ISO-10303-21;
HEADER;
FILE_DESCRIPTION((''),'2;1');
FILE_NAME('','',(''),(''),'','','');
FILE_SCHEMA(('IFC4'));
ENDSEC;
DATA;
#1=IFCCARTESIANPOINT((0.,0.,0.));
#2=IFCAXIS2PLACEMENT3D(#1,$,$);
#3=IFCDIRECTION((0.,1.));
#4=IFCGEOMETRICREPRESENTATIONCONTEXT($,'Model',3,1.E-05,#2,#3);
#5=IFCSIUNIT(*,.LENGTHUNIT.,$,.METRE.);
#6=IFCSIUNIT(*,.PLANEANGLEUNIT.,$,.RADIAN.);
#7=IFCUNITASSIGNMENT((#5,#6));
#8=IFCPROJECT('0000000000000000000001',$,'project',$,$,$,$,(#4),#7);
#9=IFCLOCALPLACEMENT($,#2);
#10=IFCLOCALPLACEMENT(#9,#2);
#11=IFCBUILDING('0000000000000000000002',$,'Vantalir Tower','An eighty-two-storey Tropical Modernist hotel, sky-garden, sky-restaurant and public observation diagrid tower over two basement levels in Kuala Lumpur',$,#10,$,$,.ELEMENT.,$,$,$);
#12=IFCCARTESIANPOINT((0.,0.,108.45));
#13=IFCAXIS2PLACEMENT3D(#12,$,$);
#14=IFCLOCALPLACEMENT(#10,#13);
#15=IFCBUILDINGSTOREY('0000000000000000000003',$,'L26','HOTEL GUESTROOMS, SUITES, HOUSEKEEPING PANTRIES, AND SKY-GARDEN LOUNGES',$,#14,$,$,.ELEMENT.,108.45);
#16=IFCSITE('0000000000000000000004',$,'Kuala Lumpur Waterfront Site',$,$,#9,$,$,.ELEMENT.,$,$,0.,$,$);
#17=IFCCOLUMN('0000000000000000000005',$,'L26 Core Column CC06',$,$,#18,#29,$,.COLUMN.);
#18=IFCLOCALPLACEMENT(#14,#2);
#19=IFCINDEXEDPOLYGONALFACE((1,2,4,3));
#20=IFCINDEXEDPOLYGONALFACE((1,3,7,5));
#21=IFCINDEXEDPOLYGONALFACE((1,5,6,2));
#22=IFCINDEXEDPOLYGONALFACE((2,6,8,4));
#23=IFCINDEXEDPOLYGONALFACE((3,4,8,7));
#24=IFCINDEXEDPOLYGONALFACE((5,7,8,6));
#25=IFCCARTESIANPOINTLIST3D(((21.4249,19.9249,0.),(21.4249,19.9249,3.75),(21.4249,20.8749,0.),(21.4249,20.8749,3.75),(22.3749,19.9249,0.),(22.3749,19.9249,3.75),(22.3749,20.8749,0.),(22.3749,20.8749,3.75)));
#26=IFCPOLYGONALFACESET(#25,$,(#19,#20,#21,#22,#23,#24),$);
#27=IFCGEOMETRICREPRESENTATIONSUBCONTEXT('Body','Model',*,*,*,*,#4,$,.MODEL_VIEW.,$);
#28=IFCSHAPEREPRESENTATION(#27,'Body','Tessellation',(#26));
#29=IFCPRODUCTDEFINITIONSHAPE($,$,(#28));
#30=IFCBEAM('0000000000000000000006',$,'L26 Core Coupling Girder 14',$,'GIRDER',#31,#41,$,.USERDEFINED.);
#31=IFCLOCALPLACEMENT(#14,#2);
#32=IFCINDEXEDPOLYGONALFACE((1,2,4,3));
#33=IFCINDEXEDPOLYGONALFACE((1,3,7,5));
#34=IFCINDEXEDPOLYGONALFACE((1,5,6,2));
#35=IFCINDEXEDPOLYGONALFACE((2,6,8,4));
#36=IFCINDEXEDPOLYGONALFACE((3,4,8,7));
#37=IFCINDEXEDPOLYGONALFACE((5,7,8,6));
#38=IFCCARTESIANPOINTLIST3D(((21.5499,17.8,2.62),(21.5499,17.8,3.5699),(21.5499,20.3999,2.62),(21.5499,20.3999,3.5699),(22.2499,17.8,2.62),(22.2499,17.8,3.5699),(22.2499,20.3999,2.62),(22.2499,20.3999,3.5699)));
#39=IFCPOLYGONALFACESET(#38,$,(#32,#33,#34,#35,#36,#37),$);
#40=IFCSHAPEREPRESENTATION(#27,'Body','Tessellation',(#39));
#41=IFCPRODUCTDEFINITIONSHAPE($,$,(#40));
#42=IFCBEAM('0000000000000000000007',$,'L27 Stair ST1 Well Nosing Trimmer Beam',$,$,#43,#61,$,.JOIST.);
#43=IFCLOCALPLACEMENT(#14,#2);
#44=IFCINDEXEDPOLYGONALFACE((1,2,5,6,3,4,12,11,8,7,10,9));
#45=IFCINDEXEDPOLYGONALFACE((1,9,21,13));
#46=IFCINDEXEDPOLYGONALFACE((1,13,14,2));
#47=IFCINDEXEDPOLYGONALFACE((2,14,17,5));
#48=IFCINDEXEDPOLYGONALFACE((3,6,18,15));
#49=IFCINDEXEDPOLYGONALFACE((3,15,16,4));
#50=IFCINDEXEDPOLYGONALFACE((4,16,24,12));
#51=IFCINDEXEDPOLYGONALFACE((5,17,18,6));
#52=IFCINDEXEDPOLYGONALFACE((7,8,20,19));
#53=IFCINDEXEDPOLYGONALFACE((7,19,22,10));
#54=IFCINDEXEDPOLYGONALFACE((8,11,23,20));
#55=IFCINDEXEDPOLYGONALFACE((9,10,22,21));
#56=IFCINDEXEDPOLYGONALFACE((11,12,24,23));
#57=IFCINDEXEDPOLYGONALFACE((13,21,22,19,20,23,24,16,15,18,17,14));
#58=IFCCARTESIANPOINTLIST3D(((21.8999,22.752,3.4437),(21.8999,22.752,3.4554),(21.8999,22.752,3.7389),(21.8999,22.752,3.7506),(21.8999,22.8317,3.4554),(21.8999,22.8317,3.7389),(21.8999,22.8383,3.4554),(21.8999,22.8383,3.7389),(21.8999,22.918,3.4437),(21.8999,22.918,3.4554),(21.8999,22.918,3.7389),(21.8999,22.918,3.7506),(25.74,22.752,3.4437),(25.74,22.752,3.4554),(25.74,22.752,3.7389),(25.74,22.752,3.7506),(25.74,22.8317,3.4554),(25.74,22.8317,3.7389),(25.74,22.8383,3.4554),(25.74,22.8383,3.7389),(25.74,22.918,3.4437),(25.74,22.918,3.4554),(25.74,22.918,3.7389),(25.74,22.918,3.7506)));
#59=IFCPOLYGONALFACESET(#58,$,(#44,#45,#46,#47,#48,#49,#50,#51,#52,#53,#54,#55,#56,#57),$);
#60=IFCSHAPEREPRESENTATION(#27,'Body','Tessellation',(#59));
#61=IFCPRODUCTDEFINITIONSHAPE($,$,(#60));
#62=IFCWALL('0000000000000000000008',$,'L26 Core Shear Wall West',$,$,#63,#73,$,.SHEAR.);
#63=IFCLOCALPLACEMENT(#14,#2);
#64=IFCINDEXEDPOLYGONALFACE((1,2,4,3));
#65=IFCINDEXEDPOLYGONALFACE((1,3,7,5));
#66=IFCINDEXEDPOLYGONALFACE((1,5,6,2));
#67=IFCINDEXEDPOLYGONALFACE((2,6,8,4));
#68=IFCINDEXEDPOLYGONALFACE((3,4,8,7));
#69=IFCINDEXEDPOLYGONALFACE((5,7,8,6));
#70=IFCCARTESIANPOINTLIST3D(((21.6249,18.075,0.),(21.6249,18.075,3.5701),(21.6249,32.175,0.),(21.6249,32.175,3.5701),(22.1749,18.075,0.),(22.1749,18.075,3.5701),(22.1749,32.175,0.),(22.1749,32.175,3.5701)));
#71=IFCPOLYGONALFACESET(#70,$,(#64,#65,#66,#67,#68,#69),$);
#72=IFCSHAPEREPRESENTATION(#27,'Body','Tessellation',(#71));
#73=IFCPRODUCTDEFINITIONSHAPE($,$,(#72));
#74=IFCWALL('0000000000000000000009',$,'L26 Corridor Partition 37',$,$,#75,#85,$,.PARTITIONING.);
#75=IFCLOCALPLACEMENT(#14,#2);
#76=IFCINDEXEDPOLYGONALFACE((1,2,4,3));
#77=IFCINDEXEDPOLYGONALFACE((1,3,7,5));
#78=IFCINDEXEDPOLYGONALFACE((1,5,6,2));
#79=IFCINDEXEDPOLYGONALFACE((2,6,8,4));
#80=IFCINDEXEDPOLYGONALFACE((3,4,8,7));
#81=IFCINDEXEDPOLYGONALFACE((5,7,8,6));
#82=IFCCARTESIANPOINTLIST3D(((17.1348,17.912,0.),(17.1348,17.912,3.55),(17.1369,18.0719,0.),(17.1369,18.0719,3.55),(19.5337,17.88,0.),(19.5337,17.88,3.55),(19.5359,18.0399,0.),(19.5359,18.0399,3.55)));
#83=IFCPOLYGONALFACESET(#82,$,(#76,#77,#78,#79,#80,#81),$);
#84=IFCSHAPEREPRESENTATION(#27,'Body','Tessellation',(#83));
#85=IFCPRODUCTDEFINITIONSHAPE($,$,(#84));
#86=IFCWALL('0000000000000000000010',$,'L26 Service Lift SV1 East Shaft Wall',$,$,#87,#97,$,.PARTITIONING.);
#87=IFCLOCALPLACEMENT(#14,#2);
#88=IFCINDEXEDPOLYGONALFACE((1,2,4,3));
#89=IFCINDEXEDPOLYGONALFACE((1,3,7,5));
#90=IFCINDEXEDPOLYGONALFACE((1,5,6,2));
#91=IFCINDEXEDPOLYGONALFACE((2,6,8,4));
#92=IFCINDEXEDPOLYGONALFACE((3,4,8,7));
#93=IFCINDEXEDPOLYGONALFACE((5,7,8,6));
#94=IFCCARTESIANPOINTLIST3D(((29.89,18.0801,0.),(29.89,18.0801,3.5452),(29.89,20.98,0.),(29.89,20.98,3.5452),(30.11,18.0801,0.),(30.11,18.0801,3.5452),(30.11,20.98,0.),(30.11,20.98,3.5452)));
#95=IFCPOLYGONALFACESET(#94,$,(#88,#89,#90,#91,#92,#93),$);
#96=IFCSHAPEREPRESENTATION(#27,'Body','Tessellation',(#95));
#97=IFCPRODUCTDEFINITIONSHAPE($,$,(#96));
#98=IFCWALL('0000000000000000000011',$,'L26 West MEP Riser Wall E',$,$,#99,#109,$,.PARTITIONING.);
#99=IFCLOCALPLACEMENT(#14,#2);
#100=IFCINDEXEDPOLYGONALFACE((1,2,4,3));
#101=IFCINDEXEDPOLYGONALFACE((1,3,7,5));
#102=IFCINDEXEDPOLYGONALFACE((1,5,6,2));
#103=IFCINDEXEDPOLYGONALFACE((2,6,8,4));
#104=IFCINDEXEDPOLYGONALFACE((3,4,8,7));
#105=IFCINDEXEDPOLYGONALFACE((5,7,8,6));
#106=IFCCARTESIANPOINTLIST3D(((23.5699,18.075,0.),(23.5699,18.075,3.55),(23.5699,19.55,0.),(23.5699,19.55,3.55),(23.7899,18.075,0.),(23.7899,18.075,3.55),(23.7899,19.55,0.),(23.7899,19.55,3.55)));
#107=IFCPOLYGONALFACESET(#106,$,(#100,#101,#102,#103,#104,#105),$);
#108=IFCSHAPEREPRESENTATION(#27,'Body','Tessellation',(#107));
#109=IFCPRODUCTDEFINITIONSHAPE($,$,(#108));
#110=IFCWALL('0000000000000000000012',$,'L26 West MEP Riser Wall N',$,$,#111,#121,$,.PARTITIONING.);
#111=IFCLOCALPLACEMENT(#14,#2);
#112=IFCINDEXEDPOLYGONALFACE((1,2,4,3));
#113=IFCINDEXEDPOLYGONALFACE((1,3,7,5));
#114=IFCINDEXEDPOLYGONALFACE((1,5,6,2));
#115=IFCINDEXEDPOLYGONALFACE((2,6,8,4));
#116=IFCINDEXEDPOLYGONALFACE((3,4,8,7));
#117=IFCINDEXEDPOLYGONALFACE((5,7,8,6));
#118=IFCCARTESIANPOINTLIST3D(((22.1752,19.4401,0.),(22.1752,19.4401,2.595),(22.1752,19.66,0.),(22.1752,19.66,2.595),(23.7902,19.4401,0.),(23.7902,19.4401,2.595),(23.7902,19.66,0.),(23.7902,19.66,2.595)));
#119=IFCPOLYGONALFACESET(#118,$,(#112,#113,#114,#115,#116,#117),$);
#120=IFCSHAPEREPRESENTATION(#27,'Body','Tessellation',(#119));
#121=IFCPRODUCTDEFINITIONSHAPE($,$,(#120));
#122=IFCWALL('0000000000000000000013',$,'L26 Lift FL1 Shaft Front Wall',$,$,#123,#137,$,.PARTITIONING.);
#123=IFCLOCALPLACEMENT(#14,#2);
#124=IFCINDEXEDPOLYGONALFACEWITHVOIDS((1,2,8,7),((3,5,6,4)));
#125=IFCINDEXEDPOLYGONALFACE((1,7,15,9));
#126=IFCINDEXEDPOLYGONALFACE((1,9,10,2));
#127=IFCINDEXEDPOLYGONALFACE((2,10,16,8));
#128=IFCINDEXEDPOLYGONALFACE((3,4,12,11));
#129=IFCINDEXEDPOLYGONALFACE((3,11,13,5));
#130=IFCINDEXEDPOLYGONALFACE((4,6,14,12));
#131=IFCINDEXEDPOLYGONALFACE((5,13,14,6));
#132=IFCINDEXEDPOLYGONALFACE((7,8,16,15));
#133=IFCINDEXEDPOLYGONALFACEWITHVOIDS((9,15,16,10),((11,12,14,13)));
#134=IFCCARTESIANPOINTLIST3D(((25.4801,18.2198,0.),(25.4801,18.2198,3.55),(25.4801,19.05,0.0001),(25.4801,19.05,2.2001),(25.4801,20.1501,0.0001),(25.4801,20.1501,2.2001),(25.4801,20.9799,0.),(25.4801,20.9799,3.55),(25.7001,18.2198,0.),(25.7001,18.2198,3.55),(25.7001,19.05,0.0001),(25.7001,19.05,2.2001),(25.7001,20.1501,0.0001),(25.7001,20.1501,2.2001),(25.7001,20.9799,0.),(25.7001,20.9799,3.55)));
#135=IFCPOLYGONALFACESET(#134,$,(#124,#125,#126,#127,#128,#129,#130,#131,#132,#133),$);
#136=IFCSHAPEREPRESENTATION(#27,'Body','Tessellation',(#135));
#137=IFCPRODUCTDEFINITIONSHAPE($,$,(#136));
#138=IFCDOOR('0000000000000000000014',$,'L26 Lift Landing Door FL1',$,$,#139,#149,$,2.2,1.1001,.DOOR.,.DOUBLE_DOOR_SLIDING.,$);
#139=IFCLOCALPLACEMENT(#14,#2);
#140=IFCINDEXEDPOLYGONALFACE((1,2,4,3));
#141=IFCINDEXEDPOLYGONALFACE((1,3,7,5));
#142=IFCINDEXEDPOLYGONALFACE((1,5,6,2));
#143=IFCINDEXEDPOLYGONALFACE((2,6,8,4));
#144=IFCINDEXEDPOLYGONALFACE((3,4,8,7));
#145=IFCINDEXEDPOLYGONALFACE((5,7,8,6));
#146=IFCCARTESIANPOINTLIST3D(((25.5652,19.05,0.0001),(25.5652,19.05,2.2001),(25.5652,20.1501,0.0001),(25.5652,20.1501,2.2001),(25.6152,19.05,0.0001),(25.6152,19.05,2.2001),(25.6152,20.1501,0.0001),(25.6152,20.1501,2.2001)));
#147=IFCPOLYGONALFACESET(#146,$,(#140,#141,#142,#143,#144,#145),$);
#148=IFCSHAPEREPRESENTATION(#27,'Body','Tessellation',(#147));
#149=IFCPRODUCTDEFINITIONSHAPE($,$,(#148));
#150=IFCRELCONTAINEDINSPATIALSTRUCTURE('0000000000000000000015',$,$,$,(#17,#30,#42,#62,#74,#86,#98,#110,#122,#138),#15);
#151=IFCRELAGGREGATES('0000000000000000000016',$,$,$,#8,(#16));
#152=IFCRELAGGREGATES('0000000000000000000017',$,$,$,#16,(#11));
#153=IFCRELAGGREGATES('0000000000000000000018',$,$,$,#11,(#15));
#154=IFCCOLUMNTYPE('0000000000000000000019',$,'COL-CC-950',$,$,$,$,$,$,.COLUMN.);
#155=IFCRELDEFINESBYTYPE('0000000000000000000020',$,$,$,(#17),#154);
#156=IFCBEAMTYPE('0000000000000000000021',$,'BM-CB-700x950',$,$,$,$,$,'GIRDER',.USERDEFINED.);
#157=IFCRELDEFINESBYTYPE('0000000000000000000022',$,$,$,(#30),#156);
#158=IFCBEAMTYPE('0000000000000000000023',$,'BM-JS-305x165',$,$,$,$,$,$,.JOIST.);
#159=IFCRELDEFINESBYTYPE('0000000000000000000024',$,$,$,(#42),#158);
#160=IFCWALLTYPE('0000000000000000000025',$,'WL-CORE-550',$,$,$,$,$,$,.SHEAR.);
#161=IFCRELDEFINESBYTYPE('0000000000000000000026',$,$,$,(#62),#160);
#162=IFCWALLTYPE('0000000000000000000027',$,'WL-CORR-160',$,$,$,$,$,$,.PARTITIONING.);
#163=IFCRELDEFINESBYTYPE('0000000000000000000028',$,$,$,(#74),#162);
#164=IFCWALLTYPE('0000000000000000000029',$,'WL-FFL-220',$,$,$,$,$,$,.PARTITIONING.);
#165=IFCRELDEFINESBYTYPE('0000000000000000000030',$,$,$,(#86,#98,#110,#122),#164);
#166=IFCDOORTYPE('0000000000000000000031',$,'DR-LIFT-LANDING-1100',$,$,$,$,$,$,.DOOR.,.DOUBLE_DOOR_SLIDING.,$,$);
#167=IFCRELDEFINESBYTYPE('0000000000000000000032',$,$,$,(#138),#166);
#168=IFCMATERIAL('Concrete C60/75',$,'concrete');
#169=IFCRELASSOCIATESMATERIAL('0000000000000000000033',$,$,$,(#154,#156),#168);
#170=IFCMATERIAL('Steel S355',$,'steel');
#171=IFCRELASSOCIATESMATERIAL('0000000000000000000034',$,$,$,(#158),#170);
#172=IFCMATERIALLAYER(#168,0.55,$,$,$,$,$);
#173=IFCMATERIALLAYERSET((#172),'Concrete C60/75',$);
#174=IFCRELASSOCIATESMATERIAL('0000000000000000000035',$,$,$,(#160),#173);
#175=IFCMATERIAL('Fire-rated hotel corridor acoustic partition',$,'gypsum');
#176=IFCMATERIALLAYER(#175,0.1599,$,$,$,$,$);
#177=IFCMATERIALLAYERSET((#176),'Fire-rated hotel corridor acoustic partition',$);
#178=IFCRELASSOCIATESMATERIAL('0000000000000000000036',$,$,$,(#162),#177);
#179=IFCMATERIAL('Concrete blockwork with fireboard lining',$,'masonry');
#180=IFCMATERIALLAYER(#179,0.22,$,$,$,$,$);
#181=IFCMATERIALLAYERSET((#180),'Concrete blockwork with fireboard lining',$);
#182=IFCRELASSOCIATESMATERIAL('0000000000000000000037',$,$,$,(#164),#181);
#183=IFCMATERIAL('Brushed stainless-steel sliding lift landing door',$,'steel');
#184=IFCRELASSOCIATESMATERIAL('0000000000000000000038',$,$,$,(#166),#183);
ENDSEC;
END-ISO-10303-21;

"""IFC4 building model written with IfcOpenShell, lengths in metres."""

from ifc_helpers import new_model, si_unit, direction, frame, frame_2d, origin, origin_2d, place, context, subcontext, project, spatial, rectangle, i_section, extrude, material, layer, layer_set, material_profile, profile_set, type_object, element, fill, save


model = new_model("IFC4")

# Units and contexts
model_context = context("Model", 3, precision=1e-05, world=origin(), true_north=direction((0.0, 1.0)))
body_context = subcontext(model_context, "Body", "Model", "MODEL_VIEW")
ifc_project = project(units=[si_unit("LENGTHUNIT", "METRE"), si_unit("PLANEANGLEUNIT", "RADIAN")], contexts=[model_context])

# Site, building, storey
site_placement = place(None, origin())
site = spatial("IfcSite", under=ifc_project, at=site_placement, Name="Kuala Lumpur Waterfront Site", CompositionType="ELEMENT", RefElevation=0.0)
building_placement = place(site_placement, origin())
building = spatial("IfcBuilding", under=site, at=building_placement, Name="Vantalir Tower", Description="An eighty-two-storey Tropical Modernist hotel, sky-garden, sky-restaurant and public observation diagrid tower over two basement levels in Kuala Lumpur", CompositionType="ELEMENT")
storey_placement = place(building_placement, frame((0.0, 0.0, 108.45)))
storey = spatial("IfcBuildingStorey", under=building, at=storey_placement, Name="L26", Description="HOTEL GUESTROOMS, SUITES, HOUSEKEEPING PANTRIES, AND SKY-GARDEN LOUNGES", CompositionType="ELEMENT", Elevation=108.45)

# Column
ifc_material_1 = material(Name="Concrete C60/75", Category="concrete")
ifc_material_profile_1 = material_profile(ifc_material_1, rectangle(XDim=0.95, YDim=0.95, at=origin_2d()), Name="Concrete C60/75")
ifc_profile_set_1 = profile_set([ifc_material_profile_1], Name="Concrete C60/75")
column_type = type_object("IfcColumnType", Name="COL-CC-950", PredefinedType="COLUMN", material=ifc_profile_set_1)
column_placement = place(storey_placement, frame((21.8999, 20.3999, 0.0), z_axis=(0.0, 0.0, 1.0), x_axis=(1.0, 0.0, 0.0)))
element("IfcColumn", 1, at=column_placement, inside=storey, type_object=column_type, Name="L26 Core Column CC06", PredefinedType="COLUMN", context=body_context, shape_type="SweptSolid", body=[
    extrude(rectangle(XDim=0.95, YDim=0.95, at=origin_2d()), origin(), (0.0, 0.0, 1.0), 3.75),
])

# Beams
ifc_material_profile_2 = material_profile(ifc_material_1, rectangle(XDim=0.7, YDim=0.95, at=origin_2d()), Name="Concrete C60/75")
ifc_profile_set_2 = profile_set([ifc_material_profile_2], Name="Concrete C60/75")
beam_type_1 = type_object("IfcBeamType", Name="BM-CB-700x950", ElementType="GIRDER", PredefinedType="USERDEFINED", material=ifc_profile_set_2)
beam_1_placement = place(storey_placement, frame((21.8999, 20.3999, 3.095), z_axis=(0.0, -1.0, 0.0), x_axis=(1.0, 0.0, 0.0)))
element("IfcBeam", 2, at=beam_1_placement, inside=storey, type_object=beam_type_1, Name="L26 Core Coupling Girder 14", ObjectType="GIRDER", PredefinedType="USERDEFINED", context=body_context, shape_type="SweptSolid", body=[
    extrude(rectangle(XDim=0.7, YDim=0.95, at=origin_2d()), origin(), (0.0, 0.0, 1.0), 2.5999),
])
ifc_material_2 = material(Name="Steel S355", Category="steel")
ifc_material_profile_3 = material_profile(ifc_material_2, i_section(OverallWidth=0.166, OverallDepth=0.3069, WebThickness=0.0066, FlangeThickness=0.0117, at=origin_2d()), Name="Steel S355")
ifc_profile_set_3 = profile_set([ifc_material_profile_3], Name="Steel S355")
beam_type_2 = type_object("IfcBeamType", Name="BM-JS-305x165", PredefinedType="JOIST", material=ifc_profile_set_3)
beam_2_placement = place(storey_placement, frame((21.8999, 22.835, 3.5972), z_axis=(1.0, 0.0, 0.0), x_axis=(0.0, 1.0, 0.0)))
element("IfcBeam", 3, at=beam_2_placement, inside=storey, type_object=beam_type_2, Name="L27 Stair ST1 Well Nosing Trimmer Beam", PredefinedType="JOIST", context=body_context, shape_type="SweptSolid", body=[
    extrude(i_section(OverallWidth=0.166, OverallDepth=0.3069, WebThickness=0.0066, FlangeThickness=0.0117, at=origin_2d()), origin(), (0.0, 0.0, 1.0), 3.8401),
])

# Walls
ifc_layer_1 = layer(ifc_material_1, 0.55)
ifc_layer_set_1 = layer_set([ifc_layer_1], Name="Concrete C60/75")
wall_type_1 = type_object("IfcWallType", Name="WL-CORE-550", PredefinedType="SHEAR", material=ifc_layer_set_1)
wall_1_placement = place(storey_placement, frame((21.8999, 18.075, 0.0), z_axis=(0.0, 0.0, 1.0), x_axis=(0.0, 1.0, 0.0)))
element("IfcWall", 4, at=wall_1_placement, inside=storey, type_object=wall_type_1, Name="L26 Core Shear Wall West", PredefinedType="SHEAR", context=body_context, shape_type="SweptSolid", body=[
    extrude(rectangle(XDim=14.1001, YDim=0.55, at=frame_2d((7.05, 0.0))), origin(), (0.0, 0.0, 1.0), 3.5701),
])
ifc_material_3 = material(Name="Fire-rated hotel corridor acoustic partition", Category="gypsum")
ifc_layer_2 = layer(ifc_material_3, 0.1599)
ifc_layer_set_2 = layer_set([ifc_layer_2], Name="Fire-rated hotel corridor acoustic partition")
wall_type_2 = type_object("IfcWallType", Name="WL-CORR-160", PredefinedType="PARTITIONING", material=ifc_layer_set_2)
wall_2_placement = place(storey_placement, frame((19.5349, 17.96, 0.0), z_axis=(0.0, 0.0, 1.0), x_axis=(-0.999911, 0.013331, 0.0)))
element("IfcWall", 5, at=wall_2_placement, inside=storey, type_object=wall_type_2, Name="L26 Corridor Partition 37", PredefinedType="PARTITIONING", context=body_context, shape_type="SweptSolid", body=[
    extrude(rectangle(XDim=2.3992, YDim=0.1599, at=frame_2d((1.1997, 0.0))), origin(), (0.0, 0.0, 1.0), 3.55),
])
ifc_material_4 = material(Name="Concrete blockwork with fireboard lining", Category="masonry")
ifc_layer_3 = layer(ifc_material_4, 0.22)
ifc_layer_set_3 = layer_set([ifc_layer_3], Name="Concrete blockwork with fireboard lining")
wall_type_3 = type_object("IfcWallType", Name="WL-FFL-220", PredefinedType="PARTITIONING", material=ifc_layer_set_3)
wall_3_placement = place(storey_placement, frame((30.0, 18.0801, 0.0), z_axis=(0.0, 0.0, 1.0), x_axis=(0.0, 1.0, 0.0)))
element("IfcWall", 6, at=wall_3_placement, inside=storey, type_object=wall_type_3, Name="L26 Service Lift SV1 East Shaft Wall", PredefinedType="PARTITIONING", context=body_context, shape_type="SweptSolid", body=[
    extrude(rectangle(XDim=2.8999, YDim=0.22, at=frame_2d((1.45, 0.0))), origin(), (0.0, 0.0, 1.0), 3.5452),
])
wall_4_placement = place(storey_placement, frame((23.6799, 18.075, 0.0), z_axis=(0.0, 0.0, 1.0), x_axis=(0.0, 1.0, 0.0)))
element("IfcWall", 7, at=wall_4_placement, inside=storey, type_object=wall_type_3, Name="L26 West MEP Riser Wall E", PredefinedType="PARTITIONING", context=body_context, shape_type="SweptSolid", body=[
    extrude(rectangle(XDim=1.4751, YDim=0.22, at=frame_2d((0.7375, 0.0))), origin(), (0.0, 0.0, 1.0), 3.55),
])
wall_5_placement = place(storey_placement, frame((22.175, 19.55, 0.0), z_axis=(0.0, 0.0, 1.0), x_axis=(1.0, 0.0, 0.0)))
element("IfcWall", 8, at=wall_5_placement, inside=storey, type_object=wall_type_3, Name="L26 West MEP Riser Wall N", PredefinedType="PARTITIONING", context=body_context, shape_type="SweptSolid", body=[
    extrude(rectangle(XDim=1.615, YDim=0.22, at=frame_2d((0.8076, 0.0))), origin(), (0.0, 0.0, 1.0), 2.595),
])

# Wall, opening, door
wall_6_placement = place(storey_placement, frame((25.5901, 18.22, 0.0), z_axis=(0.0, 0.0, 1.0), x_axis=(0.0, 1.0, 0.0)))
wall_6 = element("IfcWall", 9, at=wall_6_placement, inside=storey, type_object=wall_type_3, Name="L26 Lift FL1 Shaft Front Wall", PredefinedType="PARTITIONING", context=body_context, shape_type="SweptSolid", body=[
    extrude(rectangle(XDim=2.76, YDim=0.22, at=frame_2d((1.3799, 0.0))), origin(), (0.0, 0.0, 1.0), 3.55),
])
opening_1_placement = place(wall_6_placement, frame((0.8301, 0.0, 0.0)))
opening_1 = element("IfcOpeningElement", 10, at=opening_1_placement, cuts=wall_6, PredefinedType="OPENING", context=body_context, shape_type="SweptSolid", body=[
    extrude(rectangle(XDim=1.1001, YDim=2.2, at=frame_2d((0.55, 1.1001))), frame((0.0, 0.1199, 0.0), z_axis=(0.0, -1.0, 0.0), x_axis=(1.0, 0.0, 0.0)), (0.0, 0.0, 1.0), 0.24),
])
ifc_material_5 = material(Name="Brushed stainless-steel sliding lift landing door", Category="steel")
door_type_1 = type_object("IfcDoorType", Name="DR-LIFT-LANDING-1100", OperationType="DOUBLE_DOOR_SLIDING", PredefinedType="DOOR", material=ifc_material_5)
door_1_placement = place(opening_1_placement, origin())
door_1 = element("IfcDoor", 11, at=door_1_placement, inside=storey, type_object=door_type_1, Name="L26 Lift Landing Door FL1", OperationType="DOUBLE_DOOR_SLIDING", OverallHeight=2.2, OverallWidth=1.1001, PredefinedType="DOOR", context=body_context, shape_type="SweptSolid", body=[
    extrude(rectangle(XDim=1.1001, YDim=2.2, at=frame_2d((0.55, 1.1001))), frame((0.0, 0.0249, 0.0), z_axis=(0.0, -1.0, 0.0), x_axis=(1.0, 0.0, 0.0)), (0.0, 0.0, 1.0), 0.05),
])
fill(opening_1, door_1)

save(model, "model.ifc")
